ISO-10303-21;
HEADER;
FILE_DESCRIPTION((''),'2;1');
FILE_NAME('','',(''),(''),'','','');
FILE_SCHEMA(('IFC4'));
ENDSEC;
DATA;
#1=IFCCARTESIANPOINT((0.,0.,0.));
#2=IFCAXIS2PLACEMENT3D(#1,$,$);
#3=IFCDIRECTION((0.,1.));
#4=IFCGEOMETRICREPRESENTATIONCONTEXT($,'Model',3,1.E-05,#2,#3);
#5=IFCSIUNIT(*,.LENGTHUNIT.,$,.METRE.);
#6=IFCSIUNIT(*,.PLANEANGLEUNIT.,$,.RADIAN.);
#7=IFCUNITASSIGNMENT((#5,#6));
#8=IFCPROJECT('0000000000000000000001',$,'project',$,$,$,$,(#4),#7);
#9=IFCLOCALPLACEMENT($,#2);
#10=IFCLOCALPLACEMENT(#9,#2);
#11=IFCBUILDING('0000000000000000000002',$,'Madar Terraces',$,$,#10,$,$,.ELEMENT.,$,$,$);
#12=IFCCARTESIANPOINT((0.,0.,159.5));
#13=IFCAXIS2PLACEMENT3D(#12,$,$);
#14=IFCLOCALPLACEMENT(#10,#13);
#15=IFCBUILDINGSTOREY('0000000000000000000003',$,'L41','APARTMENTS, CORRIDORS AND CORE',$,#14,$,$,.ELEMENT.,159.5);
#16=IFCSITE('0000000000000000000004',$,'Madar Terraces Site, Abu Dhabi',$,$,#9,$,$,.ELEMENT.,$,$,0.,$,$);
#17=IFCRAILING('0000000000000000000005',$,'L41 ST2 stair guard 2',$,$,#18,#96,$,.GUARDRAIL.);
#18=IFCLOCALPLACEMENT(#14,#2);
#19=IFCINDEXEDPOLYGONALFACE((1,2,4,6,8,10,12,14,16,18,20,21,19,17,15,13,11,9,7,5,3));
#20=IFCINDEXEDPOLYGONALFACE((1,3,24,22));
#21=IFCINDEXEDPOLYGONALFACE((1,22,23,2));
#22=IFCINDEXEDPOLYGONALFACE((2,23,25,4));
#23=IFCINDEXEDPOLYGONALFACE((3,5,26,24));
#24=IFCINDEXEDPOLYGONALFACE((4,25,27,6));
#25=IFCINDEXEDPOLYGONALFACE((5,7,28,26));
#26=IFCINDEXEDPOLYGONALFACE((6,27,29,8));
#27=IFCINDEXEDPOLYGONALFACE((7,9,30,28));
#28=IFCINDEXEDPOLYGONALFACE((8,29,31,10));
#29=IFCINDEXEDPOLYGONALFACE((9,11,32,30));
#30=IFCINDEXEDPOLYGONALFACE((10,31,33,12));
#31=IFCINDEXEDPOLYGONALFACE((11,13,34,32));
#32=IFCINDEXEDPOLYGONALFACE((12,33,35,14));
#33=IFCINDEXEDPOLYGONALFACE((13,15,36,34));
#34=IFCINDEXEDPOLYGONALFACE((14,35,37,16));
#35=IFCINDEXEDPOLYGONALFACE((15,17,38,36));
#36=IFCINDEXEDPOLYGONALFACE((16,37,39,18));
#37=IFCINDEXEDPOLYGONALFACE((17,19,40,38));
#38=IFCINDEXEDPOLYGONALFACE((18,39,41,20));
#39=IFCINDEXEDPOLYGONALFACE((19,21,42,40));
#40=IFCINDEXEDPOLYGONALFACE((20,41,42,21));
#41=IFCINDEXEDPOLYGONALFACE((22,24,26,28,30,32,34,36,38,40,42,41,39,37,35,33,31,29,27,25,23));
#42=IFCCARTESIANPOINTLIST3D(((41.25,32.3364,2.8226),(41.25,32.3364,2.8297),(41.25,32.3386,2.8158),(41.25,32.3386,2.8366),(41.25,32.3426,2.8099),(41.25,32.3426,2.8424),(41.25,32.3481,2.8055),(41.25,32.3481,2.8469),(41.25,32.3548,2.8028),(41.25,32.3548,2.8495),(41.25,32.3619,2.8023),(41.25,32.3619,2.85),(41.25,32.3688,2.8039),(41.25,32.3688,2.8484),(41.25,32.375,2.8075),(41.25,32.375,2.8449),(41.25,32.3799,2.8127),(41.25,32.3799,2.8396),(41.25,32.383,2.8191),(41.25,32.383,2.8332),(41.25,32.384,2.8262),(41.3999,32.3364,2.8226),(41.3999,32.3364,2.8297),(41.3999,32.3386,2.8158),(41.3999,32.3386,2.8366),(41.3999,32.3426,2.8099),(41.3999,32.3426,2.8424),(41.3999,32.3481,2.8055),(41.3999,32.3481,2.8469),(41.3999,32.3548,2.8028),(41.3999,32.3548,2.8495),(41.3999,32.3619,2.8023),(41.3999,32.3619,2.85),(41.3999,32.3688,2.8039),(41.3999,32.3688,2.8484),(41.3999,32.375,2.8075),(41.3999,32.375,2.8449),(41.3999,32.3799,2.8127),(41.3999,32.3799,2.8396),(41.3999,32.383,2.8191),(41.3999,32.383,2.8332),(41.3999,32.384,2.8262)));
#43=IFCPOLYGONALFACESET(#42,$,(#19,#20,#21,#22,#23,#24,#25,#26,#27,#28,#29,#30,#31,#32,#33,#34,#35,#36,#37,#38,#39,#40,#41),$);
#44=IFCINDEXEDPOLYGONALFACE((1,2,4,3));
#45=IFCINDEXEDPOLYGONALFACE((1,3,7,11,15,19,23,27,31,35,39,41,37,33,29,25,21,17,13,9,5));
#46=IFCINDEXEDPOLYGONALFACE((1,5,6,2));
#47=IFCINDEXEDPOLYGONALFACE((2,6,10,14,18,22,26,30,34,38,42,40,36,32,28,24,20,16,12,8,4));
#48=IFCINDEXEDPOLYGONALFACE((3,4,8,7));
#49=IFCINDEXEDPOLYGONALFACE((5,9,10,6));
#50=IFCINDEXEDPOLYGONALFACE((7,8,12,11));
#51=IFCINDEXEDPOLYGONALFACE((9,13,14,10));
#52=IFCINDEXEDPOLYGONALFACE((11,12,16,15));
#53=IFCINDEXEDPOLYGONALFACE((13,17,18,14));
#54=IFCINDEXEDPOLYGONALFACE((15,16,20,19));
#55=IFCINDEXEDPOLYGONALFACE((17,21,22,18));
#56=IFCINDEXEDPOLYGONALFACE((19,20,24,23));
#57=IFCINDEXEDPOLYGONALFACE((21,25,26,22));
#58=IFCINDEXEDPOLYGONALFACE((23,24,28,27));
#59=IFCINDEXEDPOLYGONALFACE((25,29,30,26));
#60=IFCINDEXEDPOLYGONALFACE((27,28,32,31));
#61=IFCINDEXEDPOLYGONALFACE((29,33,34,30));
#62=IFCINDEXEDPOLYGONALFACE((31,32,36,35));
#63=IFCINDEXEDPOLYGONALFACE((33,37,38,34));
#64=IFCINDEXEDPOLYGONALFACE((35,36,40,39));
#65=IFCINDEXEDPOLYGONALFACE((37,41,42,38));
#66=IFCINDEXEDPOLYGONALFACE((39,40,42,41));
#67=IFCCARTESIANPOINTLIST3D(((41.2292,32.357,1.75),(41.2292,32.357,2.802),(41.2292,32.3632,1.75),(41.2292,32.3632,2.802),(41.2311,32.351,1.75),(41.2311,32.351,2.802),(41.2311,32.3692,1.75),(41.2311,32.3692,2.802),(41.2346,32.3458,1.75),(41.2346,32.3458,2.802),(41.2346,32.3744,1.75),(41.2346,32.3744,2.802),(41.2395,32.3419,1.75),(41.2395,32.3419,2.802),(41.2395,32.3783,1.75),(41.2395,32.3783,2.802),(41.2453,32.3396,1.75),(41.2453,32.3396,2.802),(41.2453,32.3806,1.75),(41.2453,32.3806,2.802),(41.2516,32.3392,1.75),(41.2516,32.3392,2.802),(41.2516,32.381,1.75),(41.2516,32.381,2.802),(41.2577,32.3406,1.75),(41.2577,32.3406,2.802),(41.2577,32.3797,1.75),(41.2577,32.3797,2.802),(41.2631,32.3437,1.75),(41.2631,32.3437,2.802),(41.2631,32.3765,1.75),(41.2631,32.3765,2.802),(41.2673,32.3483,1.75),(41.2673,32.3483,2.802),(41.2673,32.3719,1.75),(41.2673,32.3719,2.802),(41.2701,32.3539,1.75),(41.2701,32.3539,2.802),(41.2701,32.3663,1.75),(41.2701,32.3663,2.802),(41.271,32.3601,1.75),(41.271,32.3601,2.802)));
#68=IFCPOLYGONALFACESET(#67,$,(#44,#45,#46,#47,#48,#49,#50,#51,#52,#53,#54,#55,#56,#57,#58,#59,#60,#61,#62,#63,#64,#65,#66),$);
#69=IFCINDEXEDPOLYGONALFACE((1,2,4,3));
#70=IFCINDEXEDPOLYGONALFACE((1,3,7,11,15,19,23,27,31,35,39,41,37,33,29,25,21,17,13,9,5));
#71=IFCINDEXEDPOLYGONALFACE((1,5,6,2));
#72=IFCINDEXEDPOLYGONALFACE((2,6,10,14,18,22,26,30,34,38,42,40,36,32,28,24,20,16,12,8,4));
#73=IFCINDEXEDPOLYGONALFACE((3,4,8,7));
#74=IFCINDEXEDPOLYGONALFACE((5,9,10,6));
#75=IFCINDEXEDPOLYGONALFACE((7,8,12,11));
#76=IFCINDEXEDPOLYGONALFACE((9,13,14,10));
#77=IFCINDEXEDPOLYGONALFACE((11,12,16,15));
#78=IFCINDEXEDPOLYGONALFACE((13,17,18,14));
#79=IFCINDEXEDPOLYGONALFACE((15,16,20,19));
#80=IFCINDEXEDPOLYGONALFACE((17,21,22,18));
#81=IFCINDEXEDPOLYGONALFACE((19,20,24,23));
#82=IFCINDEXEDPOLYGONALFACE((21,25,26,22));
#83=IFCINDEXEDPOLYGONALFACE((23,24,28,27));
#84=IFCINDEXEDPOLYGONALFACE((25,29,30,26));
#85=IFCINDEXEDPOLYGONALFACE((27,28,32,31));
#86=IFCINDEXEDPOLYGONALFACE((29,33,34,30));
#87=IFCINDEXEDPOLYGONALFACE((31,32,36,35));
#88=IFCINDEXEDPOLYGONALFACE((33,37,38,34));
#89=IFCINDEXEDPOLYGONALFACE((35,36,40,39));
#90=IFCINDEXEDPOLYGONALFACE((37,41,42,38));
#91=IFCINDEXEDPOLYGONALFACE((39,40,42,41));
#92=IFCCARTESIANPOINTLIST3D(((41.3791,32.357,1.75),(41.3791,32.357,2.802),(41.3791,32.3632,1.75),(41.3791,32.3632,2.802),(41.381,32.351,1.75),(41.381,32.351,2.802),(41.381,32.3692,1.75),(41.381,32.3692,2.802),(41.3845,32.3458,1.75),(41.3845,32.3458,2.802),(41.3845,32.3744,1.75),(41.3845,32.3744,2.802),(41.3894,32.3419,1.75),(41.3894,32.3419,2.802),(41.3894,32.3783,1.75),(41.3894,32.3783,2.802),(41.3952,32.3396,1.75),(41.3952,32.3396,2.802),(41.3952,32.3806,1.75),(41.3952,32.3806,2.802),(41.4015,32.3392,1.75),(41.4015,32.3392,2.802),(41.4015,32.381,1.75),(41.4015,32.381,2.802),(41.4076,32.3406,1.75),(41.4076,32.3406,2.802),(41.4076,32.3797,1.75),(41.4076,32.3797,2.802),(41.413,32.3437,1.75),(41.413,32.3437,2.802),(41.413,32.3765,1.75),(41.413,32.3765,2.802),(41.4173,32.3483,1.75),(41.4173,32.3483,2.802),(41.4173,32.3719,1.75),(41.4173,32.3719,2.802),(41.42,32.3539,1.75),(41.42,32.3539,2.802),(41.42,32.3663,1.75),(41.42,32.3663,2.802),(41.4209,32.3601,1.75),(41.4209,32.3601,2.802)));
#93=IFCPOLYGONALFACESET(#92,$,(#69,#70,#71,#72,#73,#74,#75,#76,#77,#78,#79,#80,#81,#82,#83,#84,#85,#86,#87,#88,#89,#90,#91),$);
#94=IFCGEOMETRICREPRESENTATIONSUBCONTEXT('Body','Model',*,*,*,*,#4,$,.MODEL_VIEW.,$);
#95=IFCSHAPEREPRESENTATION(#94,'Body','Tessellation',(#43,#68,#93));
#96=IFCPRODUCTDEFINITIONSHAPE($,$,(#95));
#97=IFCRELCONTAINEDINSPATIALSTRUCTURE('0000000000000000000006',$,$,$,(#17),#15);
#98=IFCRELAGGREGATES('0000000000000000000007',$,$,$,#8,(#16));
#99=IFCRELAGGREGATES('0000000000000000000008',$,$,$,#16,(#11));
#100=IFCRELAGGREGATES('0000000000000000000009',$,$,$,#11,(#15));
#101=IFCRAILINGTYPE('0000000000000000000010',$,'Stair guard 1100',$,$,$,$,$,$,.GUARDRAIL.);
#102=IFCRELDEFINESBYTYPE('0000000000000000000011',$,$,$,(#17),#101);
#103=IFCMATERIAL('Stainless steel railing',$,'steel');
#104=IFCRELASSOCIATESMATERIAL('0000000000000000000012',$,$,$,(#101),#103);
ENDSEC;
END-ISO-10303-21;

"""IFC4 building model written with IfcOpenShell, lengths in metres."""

from ifc_helpers import new_model, si_unit, direction, frame, origin, origin_2d, place, context, subcontext, project, spatial, circle, extrude, material, type_object, element, save


model = new_model("IFC4")

# Units and contexts
model_context = context("Model", 3, precision=1e-05, world=origin(), true_north=direction((0.0, 1.0)))
body_context = subcontext(model_context, "Body", "Model", "MODEL_VIEW")
ifc_project = project(units=[si_unit("LENGTHUNIT", "METRE"), si_unit("PLANEANGLEUNIT", "RADIAN")], contexts=[model_context])

# Site, building, storey
site_placement = place(None, origin())
site = spatial("IfcSite", under=ifc_project, at=site_placement, Name="Madar Terraces Site, Abu Dhabi", CompositionType="ELEMENT", RefElevation=0.0)
building_placement = place(site_placement, origin())
building = spatial("IfcBuilding", under=site, at=building_placement, Name="Madar Terraces", CompositionType="ELEMENT")
storey_placement = place(building_placement, frame((0.0, 0.0, 159.5)))
storey = spatial("IfcBuildingStorey", under=building, at=storey_placement, Name="L41", Description="APARTMENTS, CORRIDORS AND CORE", CompositionType="ELEMENT", Elevation=159.5)

# Railing
ifc_material_1 = material(Name="Stainless steel railing", Category="steel")
railing_type_1 = type_object("IfcRailingType", Name="Stair guard 1100", PredefinedType="GUARDRAIL", material=ifc_material_1)
railing_1_placement = place(storey_placement, frame((41.25, 32.3601, 1.75)))
element("IfcRailing", 1, at=railing_1_placement, inside=storey, type_object=railing_type_1, Name="L41 ST2 stair guard 2", PredefinedType="GUARDRAIL", context=body_context, shape_type="SweptSolid", body=[
    extrude(circle(Radius=0.0239, at=origin_2d()), frame((0.0, 0.0, 1.0762), z_axis=(1.0, 0.0, 0.0), x_axis=(0.0, 1.0, 0.0)), (0.0, 0.0, 1.0), 0.1499),
    extrude(circle(Radius=0.021, at=origin_2d()), origin(), (0.0, 0.0, 1.0), 1.052),
    extrude(circle(Radius=0.021, at=origin_2d()), frame((0.1499, 0.0, 0.0)), (0.0, 0.0, 1.0), 1.052),
])

save(model, "model.ifc")
